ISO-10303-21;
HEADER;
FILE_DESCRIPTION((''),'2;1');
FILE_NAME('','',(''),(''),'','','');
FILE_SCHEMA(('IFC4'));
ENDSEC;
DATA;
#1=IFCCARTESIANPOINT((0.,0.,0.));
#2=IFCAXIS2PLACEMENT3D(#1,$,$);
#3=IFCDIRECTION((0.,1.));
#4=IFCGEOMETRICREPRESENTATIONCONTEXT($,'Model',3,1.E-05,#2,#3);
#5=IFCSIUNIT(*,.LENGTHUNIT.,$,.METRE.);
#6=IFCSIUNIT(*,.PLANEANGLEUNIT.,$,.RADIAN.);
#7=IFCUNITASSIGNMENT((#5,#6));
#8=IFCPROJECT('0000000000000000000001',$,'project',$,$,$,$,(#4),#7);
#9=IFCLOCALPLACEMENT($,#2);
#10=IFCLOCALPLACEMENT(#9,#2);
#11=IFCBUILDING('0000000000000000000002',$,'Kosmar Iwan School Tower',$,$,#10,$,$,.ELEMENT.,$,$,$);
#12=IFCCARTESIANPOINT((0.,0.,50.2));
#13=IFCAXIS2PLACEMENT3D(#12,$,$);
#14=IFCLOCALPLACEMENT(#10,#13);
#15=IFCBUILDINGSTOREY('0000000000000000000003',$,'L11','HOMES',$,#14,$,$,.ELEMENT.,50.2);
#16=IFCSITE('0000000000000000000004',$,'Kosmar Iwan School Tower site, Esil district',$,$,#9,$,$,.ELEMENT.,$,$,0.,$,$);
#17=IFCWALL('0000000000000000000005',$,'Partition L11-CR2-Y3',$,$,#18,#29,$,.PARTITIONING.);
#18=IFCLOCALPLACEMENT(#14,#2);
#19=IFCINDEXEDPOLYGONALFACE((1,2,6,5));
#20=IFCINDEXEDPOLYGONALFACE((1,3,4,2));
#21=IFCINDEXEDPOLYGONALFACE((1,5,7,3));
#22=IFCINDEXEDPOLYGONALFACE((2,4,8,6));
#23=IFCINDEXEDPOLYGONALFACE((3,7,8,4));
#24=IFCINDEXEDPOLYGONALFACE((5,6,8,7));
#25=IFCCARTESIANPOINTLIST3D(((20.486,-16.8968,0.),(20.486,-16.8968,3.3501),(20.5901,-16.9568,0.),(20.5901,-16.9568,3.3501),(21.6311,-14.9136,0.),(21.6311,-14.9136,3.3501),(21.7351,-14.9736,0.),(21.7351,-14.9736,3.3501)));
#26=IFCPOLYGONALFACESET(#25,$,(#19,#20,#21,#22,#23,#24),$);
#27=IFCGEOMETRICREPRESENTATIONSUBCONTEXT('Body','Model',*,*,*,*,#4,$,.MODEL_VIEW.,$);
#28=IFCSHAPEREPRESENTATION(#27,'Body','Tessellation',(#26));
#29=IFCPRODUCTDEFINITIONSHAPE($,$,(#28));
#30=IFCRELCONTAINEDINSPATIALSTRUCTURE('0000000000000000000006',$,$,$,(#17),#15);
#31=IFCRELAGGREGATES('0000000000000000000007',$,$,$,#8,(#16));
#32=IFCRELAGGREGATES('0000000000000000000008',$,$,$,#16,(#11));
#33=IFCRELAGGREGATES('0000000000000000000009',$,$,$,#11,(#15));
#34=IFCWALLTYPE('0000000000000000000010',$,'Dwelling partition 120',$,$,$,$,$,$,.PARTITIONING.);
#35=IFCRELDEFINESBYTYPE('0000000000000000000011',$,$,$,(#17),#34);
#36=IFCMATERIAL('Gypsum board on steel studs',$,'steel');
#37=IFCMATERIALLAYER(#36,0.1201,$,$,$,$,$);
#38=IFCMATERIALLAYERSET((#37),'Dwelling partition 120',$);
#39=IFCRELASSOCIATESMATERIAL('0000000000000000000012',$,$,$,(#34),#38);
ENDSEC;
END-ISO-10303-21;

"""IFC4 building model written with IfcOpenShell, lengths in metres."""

from ifc_helpers import new_model, si_unit, direction, frame, frame_2d, origin, place, context, subcontext, project, spatial, rectangle, extrude, material, layer, layer_set, type_object, element, save


model = new_model("IFC4")

# Units and contexts
model_context = context("Model", 3, precision=1e-05, world=origin(), true_north=direction((0.0, 1.0)))
body_context = subcontext(model_context, "Body", "Model", "MODEL_VIEW")
ifc_project = project(units=[si_unit("LENGTHUNIT", "METRE"), si_unit("PLANEANGLEUNIT", "RADIAN")], contexts=[model_context])

# Site, building, storey
site_placement = place(None, origin())
site = spatial("IfcSite", under=ifc_project, at=site_placement, Name="Kosmar Iwan School Tower site, Esil district", CompositionType="ELEMENT", RefElevation=0.0)
building_placement = place(site_placement, origin())
building = spatial("IfcBuilding", under=site, at=building_placement, Name="Kosmar Iwan School Tower", CompositionType="ELEMENT")
storey_placement = place(building_placement, frame((0.0, 0.0, 50.2)))
storey = spatial("IfcBuildingStorey", under=building, at=storey_placement, Name="L11", Description="HOMES", CompositionType="ELEMENT", Elevation=50.2)

# Wall
ifc_material_1 = material(Name="Gypsum board on steel studs", Category="steel")
ifc_layer = layer(ifc_material_1, 0.1201)
ifc_layer_set = layer_set([ifc_layer], Name="Dwelling partition 120")
wall_type = type_object("IfcWallType", Name="Dwelling partition 120", PredefinedType="PARTITIONING", material=ifc_layer_set)
wall_1_placement = place(storey_placement, frame((21.6831, -14.9436, 0.0), z_axis=(0.0, 0.0, 1.0), x_axis=(-0.500015, -0.866017, 0.0)))
element("IfcWall", 1, at=wall_1_placement, inside=storey, type_object=wall_type, Name="Partition L11-CR2-Y3", PredefinedType="PARTITIONING", context=body_context, shape_type="SweptSolid", body=[
    extrude(rectangle(XDim=2.29, YDim=0.1201, at=frame_2d((1.145, 0.0))), origin(), (0.0, 0.0, 1.0), 3.3501),
])

save(model, "model.ifc")
